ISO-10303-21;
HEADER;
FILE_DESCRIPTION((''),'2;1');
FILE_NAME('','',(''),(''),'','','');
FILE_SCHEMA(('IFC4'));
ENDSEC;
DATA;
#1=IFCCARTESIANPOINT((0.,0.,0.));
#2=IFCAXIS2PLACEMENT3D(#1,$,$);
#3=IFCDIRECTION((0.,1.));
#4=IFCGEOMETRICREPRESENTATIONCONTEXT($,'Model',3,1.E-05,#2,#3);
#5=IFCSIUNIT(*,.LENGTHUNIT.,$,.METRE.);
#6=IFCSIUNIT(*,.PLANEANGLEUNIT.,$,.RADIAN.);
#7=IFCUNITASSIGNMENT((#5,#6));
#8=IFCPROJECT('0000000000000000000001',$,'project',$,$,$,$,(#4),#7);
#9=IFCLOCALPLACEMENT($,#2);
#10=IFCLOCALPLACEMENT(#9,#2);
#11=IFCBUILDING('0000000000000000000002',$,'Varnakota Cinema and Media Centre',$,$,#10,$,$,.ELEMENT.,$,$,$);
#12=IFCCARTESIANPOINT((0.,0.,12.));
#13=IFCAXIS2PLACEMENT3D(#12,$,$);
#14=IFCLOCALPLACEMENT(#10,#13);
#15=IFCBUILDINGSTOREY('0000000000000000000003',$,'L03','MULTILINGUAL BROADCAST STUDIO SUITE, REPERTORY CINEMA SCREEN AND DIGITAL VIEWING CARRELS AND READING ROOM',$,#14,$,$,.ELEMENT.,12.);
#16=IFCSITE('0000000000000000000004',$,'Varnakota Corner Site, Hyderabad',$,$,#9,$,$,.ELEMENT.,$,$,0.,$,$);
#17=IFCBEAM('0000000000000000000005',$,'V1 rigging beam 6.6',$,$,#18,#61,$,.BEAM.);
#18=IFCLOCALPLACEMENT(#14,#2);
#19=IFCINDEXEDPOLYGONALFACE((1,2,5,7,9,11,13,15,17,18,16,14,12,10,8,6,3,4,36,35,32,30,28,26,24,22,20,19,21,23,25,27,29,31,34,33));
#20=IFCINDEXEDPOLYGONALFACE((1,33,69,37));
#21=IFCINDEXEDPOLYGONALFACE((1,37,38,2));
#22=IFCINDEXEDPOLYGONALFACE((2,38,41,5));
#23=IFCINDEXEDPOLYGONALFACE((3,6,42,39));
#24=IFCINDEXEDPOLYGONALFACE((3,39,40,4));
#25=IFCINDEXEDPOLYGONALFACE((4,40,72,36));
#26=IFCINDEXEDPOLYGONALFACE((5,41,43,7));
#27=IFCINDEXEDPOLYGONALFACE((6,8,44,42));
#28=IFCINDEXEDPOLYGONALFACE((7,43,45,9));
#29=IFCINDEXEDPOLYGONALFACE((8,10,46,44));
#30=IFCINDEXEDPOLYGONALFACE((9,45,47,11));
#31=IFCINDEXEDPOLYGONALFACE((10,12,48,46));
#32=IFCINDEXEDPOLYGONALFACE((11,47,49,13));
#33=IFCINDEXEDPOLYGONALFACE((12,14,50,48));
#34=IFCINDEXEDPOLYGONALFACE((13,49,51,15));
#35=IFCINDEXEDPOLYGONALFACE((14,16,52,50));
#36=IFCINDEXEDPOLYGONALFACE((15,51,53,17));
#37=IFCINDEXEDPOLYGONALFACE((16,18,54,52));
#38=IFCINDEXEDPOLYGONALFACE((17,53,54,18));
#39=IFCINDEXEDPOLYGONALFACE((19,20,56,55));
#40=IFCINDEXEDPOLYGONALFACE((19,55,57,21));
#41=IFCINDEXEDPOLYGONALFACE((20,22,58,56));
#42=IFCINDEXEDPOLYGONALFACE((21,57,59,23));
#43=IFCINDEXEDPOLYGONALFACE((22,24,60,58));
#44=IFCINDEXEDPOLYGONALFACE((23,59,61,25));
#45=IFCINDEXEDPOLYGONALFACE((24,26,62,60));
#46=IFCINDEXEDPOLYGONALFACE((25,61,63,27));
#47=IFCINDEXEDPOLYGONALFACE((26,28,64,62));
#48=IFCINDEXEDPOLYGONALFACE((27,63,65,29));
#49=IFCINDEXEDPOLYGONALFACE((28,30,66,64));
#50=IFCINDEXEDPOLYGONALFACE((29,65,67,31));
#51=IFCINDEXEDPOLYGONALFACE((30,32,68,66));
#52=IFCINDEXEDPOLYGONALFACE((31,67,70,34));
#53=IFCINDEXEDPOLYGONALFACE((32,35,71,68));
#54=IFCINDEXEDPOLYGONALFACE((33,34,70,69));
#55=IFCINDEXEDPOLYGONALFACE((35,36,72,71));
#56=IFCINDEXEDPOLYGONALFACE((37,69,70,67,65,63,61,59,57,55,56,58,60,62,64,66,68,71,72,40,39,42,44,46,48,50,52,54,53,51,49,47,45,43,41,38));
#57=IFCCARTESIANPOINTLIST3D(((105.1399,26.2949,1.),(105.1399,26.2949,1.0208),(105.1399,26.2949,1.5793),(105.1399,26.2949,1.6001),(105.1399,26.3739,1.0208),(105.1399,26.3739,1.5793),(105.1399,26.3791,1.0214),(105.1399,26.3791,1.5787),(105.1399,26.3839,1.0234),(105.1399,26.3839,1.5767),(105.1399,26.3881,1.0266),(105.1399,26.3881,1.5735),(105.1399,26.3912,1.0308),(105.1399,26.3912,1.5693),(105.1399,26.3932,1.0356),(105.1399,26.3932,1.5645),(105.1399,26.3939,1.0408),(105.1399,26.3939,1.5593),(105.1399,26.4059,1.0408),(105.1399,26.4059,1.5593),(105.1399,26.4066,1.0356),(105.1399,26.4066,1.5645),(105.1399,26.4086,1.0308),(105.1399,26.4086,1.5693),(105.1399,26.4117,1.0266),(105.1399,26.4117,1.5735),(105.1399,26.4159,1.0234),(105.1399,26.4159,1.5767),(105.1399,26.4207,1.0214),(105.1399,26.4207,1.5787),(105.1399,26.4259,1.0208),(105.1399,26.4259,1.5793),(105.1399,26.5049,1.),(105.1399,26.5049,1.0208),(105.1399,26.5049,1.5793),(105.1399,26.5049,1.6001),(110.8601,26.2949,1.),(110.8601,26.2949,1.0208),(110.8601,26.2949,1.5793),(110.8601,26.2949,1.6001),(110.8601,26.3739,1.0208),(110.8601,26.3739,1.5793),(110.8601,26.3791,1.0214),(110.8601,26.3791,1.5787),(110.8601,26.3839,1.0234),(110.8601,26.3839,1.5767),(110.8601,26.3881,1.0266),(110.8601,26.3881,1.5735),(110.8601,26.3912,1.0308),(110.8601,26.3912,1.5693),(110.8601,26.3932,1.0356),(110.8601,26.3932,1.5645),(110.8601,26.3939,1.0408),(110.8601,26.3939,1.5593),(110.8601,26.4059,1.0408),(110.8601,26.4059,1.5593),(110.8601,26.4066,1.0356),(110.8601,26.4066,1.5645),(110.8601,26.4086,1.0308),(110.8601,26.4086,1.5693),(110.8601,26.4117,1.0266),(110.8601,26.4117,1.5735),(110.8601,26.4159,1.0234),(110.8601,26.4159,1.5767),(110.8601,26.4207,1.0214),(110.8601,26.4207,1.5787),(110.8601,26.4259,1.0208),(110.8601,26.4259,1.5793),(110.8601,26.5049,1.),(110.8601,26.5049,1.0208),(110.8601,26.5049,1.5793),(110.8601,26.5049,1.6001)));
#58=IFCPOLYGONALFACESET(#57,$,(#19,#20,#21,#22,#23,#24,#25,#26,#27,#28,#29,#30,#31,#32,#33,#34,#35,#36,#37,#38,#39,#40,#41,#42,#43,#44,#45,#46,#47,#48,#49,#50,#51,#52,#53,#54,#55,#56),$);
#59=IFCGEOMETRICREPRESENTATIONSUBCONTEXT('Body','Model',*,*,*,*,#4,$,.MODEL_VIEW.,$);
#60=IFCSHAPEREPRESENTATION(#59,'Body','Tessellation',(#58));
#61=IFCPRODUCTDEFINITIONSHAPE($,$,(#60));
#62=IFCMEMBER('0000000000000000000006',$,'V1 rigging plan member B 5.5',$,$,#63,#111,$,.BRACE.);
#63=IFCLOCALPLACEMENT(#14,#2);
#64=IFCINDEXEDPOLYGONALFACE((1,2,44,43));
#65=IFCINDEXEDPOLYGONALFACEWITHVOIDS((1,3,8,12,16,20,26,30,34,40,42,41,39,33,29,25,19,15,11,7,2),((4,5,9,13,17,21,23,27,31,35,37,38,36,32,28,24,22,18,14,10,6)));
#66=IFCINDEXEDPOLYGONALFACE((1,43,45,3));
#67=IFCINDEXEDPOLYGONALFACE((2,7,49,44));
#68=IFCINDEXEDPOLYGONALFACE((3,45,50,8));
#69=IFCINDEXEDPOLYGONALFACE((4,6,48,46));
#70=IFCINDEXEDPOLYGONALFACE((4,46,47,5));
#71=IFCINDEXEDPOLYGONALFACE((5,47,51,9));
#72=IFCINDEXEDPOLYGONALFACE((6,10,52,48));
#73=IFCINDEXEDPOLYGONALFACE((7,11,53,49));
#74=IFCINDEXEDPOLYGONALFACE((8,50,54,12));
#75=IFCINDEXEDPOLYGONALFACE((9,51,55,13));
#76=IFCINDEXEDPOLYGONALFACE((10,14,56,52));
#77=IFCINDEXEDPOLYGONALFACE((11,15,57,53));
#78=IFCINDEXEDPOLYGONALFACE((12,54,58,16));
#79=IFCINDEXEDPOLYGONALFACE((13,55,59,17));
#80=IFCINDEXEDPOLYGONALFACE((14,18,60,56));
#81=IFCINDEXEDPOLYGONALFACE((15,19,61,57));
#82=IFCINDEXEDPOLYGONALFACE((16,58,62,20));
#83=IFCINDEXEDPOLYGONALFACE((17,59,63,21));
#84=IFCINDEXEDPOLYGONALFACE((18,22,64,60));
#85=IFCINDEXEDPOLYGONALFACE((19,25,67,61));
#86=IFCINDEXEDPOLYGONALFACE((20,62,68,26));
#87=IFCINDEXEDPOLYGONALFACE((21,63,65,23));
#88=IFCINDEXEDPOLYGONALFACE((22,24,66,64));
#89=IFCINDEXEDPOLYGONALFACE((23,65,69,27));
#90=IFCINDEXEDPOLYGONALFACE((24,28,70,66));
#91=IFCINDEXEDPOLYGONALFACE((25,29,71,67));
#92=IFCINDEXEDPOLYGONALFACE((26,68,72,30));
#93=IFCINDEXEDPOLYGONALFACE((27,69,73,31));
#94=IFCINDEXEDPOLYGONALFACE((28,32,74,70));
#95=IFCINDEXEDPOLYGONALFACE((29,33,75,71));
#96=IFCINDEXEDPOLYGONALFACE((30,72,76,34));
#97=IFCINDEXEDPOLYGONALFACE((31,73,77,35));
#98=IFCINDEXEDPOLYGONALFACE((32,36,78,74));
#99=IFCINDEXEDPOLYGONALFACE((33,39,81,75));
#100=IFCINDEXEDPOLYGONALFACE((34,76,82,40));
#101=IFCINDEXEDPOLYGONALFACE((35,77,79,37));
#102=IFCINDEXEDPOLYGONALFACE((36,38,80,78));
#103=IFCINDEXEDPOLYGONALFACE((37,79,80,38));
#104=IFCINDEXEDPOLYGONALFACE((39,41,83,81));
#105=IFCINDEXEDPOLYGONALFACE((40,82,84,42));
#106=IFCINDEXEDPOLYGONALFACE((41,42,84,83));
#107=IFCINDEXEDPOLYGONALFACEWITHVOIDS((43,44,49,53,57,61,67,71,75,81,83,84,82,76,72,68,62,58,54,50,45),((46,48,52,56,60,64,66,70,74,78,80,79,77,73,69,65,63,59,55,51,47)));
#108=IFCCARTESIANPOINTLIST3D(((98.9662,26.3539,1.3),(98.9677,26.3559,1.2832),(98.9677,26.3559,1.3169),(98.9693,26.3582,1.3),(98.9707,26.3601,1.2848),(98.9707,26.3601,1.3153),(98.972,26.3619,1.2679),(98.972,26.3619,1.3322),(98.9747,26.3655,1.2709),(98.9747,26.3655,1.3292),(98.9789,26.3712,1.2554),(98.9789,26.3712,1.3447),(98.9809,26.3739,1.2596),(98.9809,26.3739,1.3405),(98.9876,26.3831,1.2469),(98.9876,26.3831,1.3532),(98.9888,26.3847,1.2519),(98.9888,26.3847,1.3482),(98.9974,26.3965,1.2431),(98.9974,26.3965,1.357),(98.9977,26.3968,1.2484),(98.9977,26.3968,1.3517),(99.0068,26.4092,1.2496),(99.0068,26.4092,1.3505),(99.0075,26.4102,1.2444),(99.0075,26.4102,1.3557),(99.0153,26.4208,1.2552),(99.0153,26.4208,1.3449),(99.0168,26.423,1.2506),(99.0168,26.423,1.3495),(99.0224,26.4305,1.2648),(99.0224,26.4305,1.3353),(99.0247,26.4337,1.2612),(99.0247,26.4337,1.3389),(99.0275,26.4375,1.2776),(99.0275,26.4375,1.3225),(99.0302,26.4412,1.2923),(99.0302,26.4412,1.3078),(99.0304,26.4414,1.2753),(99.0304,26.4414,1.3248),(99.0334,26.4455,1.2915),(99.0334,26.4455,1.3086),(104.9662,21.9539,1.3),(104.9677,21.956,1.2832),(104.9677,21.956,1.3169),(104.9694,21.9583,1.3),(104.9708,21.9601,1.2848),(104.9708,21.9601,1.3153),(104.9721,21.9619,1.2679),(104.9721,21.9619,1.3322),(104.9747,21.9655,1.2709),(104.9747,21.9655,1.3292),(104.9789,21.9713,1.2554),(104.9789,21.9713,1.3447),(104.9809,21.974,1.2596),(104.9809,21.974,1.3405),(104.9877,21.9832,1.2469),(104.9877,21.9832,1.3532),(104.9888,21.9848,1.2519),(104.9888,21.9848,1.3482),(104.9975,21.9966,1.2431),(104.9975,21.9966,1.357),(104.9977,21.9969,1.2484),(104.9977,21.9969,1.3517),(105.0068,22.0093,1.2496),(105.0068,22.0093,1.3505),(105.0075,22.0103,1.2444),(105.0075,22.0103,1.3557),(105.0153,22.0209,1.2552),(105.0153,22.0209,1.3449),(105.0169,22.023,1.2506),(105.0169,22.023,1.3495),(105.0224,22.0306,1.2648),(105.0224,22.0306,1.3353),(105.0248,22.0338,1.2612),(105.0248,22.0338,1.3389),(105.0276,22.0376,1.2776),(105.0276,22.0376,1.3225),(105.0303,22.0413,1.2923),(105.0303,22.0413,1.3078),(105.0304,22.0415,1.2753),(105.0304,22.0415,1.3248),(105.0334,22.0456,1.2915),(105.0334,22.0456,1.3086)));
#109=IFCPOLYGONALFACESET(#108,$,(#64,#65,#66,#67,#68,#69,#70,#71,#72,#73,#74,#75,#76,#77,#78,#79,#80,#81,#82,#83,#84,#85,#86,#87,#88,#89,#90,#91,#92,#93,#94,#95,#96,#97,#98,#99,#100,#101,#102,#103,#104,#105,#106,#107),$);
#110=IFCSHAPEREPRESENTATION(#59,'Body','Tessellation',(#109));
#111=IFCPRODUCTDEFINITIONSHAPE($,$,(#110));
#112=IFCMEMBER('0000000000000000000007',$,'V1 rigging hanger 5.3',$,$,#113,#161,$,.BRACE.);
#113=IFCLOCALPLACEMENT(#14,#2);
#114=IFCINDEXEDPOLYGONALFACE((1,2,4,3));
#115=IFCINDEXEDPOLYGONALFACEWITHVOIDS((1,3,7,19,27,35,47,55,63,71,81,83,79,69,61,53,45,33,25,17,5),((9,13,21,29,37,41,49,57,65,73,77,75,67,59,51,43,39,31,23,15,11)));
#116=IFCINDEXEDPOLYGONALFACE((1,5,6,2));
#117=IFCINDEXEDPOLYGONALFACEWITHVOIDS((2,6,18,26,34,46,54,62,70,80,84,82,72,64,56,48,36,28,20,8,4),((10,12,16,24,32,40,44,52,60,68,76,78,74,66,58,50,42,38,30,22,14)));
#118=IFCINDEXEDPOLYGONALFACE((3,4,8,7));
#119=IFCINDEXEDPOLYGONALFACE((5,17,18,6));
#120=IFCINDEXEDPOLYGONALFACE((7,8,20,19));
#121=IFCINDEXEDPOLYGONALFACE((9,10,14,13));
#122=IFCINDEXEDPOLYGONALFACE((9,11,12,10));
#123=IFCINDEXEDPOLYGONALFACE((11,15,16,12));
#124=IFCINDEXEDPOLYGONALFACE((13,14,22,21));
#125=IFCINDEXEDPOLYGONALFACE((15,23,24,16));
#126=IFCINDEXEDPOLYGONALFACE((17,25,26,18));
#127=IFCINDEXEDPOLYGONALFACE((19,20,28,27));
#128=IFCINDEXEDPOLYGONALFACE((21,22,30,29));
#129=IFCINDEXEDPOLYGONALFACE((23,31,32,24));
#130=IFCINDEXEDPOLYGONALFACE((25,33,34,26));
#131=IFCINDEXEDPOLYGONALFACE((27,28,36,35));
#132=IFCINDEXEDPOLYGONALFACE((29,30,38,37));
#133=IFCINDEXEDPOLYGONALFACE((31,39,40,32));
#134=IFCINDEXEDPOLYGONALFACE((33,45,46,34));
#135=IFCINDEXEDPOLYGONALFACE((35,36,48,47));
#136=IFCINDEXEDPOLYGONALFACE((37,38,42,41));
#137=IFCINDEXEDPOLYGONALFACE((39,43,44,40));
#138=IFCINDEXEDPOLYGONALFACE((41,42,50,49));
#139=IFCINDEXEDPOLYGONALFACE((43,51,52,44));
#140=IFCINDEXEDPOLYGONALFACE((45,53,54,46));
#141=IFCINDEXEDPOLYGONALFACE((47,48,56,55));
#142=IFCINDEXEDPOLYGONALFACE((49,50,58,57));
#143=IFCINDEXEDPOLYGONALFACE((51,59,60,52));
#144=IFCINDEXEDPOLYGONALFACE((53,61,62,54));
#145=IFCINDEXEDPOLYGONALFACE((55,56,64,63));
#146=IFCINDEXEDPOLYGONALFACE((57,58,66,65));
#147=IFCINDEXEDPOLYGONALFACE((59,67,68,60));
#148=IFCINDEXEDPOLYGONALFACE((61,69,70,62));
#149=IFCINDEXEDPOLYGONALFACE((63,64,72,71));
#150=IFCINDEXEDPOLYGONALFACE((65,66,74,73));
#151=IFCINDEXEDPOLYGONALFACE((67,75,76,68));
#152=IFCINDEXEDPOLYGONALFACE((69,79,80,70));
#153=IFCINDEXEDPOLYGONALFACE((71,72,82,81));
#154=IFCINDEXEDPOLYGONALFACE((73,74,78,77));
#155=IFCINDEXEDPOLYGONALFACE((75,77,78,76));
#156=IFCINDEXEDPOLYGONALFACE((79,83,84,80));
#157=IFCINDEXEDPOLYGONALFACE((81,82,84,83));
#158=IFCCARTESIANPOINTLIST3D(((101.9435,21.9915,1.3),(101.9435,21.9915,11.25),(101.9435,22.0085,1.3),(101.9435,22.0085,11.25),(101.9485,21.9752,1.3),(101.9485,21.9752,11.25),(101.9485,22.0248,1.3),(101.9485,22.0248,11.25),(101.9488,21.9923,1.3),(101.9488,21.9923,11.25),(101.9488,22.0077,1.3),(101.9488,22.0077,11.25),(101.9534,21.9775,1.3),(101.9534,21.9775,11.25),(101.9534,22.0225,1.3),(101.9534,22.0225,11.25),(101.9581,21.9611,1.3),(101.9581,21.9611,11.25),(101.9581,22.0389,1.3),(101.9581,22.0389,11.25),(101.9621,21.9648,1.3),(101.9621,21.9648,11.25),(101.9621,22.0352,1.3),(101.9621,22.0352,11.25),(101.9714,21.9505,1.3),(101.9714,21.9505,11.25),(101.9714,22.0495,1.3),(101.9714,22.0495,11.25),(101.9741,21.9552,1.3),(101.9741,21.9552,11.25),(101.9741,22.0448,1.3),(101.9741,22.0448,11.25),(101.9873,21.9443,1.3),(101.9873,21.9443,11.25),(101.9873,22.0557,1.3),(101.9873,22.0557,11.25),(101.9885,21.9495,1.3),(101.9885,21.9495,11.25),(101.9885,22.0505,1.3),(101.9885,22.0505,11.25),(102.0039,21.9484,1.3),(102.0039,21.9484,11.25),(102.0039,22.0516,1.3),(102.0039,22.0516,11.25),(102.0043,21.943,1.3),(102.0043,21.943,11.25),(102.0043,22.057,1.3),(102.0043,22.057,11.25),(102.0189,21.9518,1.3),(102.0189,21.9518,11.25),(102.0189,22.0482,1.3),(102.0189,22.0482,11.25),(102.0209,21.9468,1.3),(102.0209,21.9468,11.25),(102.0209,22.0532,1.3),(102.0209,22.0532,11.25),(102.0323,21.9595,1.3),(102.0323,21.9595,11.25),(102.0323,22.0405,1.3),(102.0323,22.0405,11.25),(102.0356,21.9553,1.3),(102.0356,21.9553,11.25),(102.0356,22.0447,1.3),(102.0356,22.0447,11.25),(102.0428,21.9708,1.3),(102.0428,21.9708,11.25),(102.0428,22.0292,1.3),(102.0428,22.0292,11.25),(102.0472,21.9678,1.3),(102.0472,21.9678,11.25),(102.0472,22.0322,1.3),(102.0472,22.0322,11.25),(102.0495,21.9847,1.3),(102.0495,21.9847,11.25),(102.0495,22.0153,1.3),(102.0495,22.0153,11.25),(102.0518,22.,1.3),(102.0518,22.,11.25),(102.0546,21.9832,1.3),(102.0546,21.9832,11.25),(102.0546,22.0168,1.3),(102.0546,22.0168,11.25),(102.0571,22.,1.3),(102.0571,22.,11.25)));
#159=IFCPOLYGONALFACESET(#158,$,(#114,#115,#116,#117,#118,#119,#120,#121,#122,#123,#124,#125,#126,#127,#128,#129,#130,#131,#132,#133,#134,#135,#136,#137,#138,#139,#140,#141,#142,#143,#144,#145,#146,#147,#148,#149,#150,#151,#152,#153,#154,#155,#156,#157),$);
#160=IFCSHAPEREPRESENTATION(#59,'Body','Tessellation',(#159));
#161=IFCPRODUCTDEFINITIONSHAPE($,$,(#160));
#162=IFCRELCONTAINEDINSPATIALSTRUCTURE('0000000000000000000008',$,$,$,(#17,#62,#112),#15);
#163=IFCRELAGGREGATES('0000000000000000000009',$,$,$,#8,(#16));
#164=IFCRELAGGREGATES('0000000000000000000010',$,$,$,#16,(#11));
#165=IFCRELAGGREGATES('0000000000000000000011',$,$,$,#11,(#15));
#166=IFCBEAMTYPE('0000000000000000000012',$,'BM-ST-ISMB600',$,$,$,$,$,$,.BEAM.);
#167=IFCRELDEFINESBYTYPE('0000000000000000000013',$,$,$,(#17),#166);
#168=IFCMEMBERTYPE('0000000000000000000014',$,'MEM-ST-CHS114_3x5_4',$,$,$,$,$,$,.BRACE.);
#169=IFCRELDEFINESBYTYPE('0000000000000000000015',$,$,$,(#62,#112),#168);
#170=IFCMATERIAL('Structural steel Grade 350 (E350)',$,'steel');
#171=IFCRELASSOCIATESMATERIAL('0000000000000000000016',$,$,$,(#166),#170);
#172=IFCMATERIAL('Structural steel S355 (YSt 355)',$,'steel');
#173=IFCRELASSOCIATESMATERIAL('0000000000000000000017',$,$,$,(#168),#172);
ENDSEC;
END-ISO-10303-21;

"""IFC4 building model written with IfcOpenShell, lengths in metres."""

from ifc_helpers import new_model, si_unit, direction, frame, origin, origin_2d, place, context, subcontext, project, spatial, hollow_circle, i_section, extrude, material, material_profile, profile_set, type_object, element, save


model = new_model("IFC4")

# Units and contexts
model_context = context("Model", 3, precision=1e-05, world=origin(), true_north=direction((0.0, 1.0)))
body_context = subcontext(model_context, "Body", "Model", "MODEL_VIEW")
ifc_project = project(units=[si_unit("LENGTHUNIT", "METRE"), si_unit("PLANEANGLEUNIT", "RADIAN")], contexts=[model_context])

# Site, building, storey
site_placement = place(None, origin())
site = spatial("IfcSite", under=ifc_project, at=site_placement, Name="Varnakota Corner Site, Hyderabad", CompositionType="ELEMENT", RefElevation=0.0)
building_placement = place(site_placement, origin())
building = spatial("IfcBuilding", under=site, at=building_placement, Name="Varnakota Cinema and Media Centre", CompositionType="ELEMENT")
storey_placement = place(building_placement, frame((0.0, 0.0, 12.0)))
storey = spatial("IfcBuildingStorey", under=building, at=storey_placement, Name="L03", Description="MULTILINGUAL BROADCAST STUDIO SUITE, REPERTORY CINEMA SCREEN AND DIGITAL VIEWING CARRELS AND READING ROOM", CompositionType="ELEMENT", Elevation=12.0)

# Beam
ifc_material_1 = material(Name="Structural steel Grade 350 (E350)", Category="steel")
ifc_material_profile_1 = material_profile(ifc_material_1, i_section(OverallWidth=0.21, OverallDepth=0.6001, WebThickness=0.012, FlangeThickness=0.0208, FilletRadius=0.02, at=origin_2d()), Name="ISMB 600")
ifc_profile_set_1 = profile_set([ifc_material_profile_1], Name="Structural steel Grade 350 (E350)")
beam_type_1 = type_object("IfcBeamType", Name="BM-ST-ISMB600", PredefinedType="BEAM", material=ifc_profile_set_1)
beam_placement = place(storey_placement, frame((105.1399, 26.3999, 1.3), z_axis=(1.0, 0.0, 0.0), x_axis=(0.0, 1.0, 0.0)))
element("IfcBeam", 1, at=beam_placement, inside=storey, type_object=beam_type_1, Name="V1 rigging beam 6.6", PredefinedType="BEAM", context=body_context, shape_type="SweptSolid", body=[
    extrude(i_section(OverallWidth=0.21, OverallDepth=0.6001, WebThickness=0.012, FlangeThickness=0.0208, FilletRadius=0.02, at=origin_2d()), origin(), (0.0, 0.0, 1.0), 5.7202),
])

# Members
ifc_material_2 = material(Name="Structural steel S355 (YSt 355)", Category="steel")
ifc_material_profile_2 = material_profile(ifc_material_2, hollow_circle(Radius=0.0571, WallThickness=0.0054, at=origin_2d()), Name="CHS 114.3x5.4")
ifc_profile_set_2 = profile_set([ifc_material_profile_2], Name="Structural steel S355 (YSt 355)")
member_type_1 = type_object("IfcMemberType", Name="MEM-ST-CHS114_3x5_4", PredefinedType="BRACE", material=ifc_profile_set_2)
member_1_placement = place(storey_placement, frame((105.0, 22.0, 1.3), z_axis=(-0.806411, 0.591355, 0.0), x_axis=(-0.591355, -0.806411, 0.0)))
element("IfcMember", 2, at=member_1_placement, inside=storey, type_object=member_type_1, Name="V1 rigging plan member B 5.5", PredefinedType="BRACE", context=body_context, shape_type="SweptSolid", body=[
    extrude(hollow_circle(Radius=0.0571, WallThickness=0.0054, at=origin_2d()), origin(), (0.0, 0.0, 1.0), 7.4404),
])
for number, where, z_axis, x_axis, name in (
    (3, (102.0, 22.0, 1.3), (0.0, 0.0, 1.0), (1.0, 0.0, 0.0), "V1 rigging hanger 5.3"),
):
    element("IfcMember", number, at=place(storey_placement, frame(where, z_axis=z_axis, x_axis=x_axis)), inside=storey, type_object=member_type_1, Name=name, PredefinedType="BRACE", context=body_context, shape_type="SweptSolid", body=[
        extrude(hollow_circle(Radius=0.0571, WallThickness=0.0054, at=origin_2d()), origin(), (0.0, 0.0, 1.0), 9.95),
    ])

save(model, "model.ifc")
